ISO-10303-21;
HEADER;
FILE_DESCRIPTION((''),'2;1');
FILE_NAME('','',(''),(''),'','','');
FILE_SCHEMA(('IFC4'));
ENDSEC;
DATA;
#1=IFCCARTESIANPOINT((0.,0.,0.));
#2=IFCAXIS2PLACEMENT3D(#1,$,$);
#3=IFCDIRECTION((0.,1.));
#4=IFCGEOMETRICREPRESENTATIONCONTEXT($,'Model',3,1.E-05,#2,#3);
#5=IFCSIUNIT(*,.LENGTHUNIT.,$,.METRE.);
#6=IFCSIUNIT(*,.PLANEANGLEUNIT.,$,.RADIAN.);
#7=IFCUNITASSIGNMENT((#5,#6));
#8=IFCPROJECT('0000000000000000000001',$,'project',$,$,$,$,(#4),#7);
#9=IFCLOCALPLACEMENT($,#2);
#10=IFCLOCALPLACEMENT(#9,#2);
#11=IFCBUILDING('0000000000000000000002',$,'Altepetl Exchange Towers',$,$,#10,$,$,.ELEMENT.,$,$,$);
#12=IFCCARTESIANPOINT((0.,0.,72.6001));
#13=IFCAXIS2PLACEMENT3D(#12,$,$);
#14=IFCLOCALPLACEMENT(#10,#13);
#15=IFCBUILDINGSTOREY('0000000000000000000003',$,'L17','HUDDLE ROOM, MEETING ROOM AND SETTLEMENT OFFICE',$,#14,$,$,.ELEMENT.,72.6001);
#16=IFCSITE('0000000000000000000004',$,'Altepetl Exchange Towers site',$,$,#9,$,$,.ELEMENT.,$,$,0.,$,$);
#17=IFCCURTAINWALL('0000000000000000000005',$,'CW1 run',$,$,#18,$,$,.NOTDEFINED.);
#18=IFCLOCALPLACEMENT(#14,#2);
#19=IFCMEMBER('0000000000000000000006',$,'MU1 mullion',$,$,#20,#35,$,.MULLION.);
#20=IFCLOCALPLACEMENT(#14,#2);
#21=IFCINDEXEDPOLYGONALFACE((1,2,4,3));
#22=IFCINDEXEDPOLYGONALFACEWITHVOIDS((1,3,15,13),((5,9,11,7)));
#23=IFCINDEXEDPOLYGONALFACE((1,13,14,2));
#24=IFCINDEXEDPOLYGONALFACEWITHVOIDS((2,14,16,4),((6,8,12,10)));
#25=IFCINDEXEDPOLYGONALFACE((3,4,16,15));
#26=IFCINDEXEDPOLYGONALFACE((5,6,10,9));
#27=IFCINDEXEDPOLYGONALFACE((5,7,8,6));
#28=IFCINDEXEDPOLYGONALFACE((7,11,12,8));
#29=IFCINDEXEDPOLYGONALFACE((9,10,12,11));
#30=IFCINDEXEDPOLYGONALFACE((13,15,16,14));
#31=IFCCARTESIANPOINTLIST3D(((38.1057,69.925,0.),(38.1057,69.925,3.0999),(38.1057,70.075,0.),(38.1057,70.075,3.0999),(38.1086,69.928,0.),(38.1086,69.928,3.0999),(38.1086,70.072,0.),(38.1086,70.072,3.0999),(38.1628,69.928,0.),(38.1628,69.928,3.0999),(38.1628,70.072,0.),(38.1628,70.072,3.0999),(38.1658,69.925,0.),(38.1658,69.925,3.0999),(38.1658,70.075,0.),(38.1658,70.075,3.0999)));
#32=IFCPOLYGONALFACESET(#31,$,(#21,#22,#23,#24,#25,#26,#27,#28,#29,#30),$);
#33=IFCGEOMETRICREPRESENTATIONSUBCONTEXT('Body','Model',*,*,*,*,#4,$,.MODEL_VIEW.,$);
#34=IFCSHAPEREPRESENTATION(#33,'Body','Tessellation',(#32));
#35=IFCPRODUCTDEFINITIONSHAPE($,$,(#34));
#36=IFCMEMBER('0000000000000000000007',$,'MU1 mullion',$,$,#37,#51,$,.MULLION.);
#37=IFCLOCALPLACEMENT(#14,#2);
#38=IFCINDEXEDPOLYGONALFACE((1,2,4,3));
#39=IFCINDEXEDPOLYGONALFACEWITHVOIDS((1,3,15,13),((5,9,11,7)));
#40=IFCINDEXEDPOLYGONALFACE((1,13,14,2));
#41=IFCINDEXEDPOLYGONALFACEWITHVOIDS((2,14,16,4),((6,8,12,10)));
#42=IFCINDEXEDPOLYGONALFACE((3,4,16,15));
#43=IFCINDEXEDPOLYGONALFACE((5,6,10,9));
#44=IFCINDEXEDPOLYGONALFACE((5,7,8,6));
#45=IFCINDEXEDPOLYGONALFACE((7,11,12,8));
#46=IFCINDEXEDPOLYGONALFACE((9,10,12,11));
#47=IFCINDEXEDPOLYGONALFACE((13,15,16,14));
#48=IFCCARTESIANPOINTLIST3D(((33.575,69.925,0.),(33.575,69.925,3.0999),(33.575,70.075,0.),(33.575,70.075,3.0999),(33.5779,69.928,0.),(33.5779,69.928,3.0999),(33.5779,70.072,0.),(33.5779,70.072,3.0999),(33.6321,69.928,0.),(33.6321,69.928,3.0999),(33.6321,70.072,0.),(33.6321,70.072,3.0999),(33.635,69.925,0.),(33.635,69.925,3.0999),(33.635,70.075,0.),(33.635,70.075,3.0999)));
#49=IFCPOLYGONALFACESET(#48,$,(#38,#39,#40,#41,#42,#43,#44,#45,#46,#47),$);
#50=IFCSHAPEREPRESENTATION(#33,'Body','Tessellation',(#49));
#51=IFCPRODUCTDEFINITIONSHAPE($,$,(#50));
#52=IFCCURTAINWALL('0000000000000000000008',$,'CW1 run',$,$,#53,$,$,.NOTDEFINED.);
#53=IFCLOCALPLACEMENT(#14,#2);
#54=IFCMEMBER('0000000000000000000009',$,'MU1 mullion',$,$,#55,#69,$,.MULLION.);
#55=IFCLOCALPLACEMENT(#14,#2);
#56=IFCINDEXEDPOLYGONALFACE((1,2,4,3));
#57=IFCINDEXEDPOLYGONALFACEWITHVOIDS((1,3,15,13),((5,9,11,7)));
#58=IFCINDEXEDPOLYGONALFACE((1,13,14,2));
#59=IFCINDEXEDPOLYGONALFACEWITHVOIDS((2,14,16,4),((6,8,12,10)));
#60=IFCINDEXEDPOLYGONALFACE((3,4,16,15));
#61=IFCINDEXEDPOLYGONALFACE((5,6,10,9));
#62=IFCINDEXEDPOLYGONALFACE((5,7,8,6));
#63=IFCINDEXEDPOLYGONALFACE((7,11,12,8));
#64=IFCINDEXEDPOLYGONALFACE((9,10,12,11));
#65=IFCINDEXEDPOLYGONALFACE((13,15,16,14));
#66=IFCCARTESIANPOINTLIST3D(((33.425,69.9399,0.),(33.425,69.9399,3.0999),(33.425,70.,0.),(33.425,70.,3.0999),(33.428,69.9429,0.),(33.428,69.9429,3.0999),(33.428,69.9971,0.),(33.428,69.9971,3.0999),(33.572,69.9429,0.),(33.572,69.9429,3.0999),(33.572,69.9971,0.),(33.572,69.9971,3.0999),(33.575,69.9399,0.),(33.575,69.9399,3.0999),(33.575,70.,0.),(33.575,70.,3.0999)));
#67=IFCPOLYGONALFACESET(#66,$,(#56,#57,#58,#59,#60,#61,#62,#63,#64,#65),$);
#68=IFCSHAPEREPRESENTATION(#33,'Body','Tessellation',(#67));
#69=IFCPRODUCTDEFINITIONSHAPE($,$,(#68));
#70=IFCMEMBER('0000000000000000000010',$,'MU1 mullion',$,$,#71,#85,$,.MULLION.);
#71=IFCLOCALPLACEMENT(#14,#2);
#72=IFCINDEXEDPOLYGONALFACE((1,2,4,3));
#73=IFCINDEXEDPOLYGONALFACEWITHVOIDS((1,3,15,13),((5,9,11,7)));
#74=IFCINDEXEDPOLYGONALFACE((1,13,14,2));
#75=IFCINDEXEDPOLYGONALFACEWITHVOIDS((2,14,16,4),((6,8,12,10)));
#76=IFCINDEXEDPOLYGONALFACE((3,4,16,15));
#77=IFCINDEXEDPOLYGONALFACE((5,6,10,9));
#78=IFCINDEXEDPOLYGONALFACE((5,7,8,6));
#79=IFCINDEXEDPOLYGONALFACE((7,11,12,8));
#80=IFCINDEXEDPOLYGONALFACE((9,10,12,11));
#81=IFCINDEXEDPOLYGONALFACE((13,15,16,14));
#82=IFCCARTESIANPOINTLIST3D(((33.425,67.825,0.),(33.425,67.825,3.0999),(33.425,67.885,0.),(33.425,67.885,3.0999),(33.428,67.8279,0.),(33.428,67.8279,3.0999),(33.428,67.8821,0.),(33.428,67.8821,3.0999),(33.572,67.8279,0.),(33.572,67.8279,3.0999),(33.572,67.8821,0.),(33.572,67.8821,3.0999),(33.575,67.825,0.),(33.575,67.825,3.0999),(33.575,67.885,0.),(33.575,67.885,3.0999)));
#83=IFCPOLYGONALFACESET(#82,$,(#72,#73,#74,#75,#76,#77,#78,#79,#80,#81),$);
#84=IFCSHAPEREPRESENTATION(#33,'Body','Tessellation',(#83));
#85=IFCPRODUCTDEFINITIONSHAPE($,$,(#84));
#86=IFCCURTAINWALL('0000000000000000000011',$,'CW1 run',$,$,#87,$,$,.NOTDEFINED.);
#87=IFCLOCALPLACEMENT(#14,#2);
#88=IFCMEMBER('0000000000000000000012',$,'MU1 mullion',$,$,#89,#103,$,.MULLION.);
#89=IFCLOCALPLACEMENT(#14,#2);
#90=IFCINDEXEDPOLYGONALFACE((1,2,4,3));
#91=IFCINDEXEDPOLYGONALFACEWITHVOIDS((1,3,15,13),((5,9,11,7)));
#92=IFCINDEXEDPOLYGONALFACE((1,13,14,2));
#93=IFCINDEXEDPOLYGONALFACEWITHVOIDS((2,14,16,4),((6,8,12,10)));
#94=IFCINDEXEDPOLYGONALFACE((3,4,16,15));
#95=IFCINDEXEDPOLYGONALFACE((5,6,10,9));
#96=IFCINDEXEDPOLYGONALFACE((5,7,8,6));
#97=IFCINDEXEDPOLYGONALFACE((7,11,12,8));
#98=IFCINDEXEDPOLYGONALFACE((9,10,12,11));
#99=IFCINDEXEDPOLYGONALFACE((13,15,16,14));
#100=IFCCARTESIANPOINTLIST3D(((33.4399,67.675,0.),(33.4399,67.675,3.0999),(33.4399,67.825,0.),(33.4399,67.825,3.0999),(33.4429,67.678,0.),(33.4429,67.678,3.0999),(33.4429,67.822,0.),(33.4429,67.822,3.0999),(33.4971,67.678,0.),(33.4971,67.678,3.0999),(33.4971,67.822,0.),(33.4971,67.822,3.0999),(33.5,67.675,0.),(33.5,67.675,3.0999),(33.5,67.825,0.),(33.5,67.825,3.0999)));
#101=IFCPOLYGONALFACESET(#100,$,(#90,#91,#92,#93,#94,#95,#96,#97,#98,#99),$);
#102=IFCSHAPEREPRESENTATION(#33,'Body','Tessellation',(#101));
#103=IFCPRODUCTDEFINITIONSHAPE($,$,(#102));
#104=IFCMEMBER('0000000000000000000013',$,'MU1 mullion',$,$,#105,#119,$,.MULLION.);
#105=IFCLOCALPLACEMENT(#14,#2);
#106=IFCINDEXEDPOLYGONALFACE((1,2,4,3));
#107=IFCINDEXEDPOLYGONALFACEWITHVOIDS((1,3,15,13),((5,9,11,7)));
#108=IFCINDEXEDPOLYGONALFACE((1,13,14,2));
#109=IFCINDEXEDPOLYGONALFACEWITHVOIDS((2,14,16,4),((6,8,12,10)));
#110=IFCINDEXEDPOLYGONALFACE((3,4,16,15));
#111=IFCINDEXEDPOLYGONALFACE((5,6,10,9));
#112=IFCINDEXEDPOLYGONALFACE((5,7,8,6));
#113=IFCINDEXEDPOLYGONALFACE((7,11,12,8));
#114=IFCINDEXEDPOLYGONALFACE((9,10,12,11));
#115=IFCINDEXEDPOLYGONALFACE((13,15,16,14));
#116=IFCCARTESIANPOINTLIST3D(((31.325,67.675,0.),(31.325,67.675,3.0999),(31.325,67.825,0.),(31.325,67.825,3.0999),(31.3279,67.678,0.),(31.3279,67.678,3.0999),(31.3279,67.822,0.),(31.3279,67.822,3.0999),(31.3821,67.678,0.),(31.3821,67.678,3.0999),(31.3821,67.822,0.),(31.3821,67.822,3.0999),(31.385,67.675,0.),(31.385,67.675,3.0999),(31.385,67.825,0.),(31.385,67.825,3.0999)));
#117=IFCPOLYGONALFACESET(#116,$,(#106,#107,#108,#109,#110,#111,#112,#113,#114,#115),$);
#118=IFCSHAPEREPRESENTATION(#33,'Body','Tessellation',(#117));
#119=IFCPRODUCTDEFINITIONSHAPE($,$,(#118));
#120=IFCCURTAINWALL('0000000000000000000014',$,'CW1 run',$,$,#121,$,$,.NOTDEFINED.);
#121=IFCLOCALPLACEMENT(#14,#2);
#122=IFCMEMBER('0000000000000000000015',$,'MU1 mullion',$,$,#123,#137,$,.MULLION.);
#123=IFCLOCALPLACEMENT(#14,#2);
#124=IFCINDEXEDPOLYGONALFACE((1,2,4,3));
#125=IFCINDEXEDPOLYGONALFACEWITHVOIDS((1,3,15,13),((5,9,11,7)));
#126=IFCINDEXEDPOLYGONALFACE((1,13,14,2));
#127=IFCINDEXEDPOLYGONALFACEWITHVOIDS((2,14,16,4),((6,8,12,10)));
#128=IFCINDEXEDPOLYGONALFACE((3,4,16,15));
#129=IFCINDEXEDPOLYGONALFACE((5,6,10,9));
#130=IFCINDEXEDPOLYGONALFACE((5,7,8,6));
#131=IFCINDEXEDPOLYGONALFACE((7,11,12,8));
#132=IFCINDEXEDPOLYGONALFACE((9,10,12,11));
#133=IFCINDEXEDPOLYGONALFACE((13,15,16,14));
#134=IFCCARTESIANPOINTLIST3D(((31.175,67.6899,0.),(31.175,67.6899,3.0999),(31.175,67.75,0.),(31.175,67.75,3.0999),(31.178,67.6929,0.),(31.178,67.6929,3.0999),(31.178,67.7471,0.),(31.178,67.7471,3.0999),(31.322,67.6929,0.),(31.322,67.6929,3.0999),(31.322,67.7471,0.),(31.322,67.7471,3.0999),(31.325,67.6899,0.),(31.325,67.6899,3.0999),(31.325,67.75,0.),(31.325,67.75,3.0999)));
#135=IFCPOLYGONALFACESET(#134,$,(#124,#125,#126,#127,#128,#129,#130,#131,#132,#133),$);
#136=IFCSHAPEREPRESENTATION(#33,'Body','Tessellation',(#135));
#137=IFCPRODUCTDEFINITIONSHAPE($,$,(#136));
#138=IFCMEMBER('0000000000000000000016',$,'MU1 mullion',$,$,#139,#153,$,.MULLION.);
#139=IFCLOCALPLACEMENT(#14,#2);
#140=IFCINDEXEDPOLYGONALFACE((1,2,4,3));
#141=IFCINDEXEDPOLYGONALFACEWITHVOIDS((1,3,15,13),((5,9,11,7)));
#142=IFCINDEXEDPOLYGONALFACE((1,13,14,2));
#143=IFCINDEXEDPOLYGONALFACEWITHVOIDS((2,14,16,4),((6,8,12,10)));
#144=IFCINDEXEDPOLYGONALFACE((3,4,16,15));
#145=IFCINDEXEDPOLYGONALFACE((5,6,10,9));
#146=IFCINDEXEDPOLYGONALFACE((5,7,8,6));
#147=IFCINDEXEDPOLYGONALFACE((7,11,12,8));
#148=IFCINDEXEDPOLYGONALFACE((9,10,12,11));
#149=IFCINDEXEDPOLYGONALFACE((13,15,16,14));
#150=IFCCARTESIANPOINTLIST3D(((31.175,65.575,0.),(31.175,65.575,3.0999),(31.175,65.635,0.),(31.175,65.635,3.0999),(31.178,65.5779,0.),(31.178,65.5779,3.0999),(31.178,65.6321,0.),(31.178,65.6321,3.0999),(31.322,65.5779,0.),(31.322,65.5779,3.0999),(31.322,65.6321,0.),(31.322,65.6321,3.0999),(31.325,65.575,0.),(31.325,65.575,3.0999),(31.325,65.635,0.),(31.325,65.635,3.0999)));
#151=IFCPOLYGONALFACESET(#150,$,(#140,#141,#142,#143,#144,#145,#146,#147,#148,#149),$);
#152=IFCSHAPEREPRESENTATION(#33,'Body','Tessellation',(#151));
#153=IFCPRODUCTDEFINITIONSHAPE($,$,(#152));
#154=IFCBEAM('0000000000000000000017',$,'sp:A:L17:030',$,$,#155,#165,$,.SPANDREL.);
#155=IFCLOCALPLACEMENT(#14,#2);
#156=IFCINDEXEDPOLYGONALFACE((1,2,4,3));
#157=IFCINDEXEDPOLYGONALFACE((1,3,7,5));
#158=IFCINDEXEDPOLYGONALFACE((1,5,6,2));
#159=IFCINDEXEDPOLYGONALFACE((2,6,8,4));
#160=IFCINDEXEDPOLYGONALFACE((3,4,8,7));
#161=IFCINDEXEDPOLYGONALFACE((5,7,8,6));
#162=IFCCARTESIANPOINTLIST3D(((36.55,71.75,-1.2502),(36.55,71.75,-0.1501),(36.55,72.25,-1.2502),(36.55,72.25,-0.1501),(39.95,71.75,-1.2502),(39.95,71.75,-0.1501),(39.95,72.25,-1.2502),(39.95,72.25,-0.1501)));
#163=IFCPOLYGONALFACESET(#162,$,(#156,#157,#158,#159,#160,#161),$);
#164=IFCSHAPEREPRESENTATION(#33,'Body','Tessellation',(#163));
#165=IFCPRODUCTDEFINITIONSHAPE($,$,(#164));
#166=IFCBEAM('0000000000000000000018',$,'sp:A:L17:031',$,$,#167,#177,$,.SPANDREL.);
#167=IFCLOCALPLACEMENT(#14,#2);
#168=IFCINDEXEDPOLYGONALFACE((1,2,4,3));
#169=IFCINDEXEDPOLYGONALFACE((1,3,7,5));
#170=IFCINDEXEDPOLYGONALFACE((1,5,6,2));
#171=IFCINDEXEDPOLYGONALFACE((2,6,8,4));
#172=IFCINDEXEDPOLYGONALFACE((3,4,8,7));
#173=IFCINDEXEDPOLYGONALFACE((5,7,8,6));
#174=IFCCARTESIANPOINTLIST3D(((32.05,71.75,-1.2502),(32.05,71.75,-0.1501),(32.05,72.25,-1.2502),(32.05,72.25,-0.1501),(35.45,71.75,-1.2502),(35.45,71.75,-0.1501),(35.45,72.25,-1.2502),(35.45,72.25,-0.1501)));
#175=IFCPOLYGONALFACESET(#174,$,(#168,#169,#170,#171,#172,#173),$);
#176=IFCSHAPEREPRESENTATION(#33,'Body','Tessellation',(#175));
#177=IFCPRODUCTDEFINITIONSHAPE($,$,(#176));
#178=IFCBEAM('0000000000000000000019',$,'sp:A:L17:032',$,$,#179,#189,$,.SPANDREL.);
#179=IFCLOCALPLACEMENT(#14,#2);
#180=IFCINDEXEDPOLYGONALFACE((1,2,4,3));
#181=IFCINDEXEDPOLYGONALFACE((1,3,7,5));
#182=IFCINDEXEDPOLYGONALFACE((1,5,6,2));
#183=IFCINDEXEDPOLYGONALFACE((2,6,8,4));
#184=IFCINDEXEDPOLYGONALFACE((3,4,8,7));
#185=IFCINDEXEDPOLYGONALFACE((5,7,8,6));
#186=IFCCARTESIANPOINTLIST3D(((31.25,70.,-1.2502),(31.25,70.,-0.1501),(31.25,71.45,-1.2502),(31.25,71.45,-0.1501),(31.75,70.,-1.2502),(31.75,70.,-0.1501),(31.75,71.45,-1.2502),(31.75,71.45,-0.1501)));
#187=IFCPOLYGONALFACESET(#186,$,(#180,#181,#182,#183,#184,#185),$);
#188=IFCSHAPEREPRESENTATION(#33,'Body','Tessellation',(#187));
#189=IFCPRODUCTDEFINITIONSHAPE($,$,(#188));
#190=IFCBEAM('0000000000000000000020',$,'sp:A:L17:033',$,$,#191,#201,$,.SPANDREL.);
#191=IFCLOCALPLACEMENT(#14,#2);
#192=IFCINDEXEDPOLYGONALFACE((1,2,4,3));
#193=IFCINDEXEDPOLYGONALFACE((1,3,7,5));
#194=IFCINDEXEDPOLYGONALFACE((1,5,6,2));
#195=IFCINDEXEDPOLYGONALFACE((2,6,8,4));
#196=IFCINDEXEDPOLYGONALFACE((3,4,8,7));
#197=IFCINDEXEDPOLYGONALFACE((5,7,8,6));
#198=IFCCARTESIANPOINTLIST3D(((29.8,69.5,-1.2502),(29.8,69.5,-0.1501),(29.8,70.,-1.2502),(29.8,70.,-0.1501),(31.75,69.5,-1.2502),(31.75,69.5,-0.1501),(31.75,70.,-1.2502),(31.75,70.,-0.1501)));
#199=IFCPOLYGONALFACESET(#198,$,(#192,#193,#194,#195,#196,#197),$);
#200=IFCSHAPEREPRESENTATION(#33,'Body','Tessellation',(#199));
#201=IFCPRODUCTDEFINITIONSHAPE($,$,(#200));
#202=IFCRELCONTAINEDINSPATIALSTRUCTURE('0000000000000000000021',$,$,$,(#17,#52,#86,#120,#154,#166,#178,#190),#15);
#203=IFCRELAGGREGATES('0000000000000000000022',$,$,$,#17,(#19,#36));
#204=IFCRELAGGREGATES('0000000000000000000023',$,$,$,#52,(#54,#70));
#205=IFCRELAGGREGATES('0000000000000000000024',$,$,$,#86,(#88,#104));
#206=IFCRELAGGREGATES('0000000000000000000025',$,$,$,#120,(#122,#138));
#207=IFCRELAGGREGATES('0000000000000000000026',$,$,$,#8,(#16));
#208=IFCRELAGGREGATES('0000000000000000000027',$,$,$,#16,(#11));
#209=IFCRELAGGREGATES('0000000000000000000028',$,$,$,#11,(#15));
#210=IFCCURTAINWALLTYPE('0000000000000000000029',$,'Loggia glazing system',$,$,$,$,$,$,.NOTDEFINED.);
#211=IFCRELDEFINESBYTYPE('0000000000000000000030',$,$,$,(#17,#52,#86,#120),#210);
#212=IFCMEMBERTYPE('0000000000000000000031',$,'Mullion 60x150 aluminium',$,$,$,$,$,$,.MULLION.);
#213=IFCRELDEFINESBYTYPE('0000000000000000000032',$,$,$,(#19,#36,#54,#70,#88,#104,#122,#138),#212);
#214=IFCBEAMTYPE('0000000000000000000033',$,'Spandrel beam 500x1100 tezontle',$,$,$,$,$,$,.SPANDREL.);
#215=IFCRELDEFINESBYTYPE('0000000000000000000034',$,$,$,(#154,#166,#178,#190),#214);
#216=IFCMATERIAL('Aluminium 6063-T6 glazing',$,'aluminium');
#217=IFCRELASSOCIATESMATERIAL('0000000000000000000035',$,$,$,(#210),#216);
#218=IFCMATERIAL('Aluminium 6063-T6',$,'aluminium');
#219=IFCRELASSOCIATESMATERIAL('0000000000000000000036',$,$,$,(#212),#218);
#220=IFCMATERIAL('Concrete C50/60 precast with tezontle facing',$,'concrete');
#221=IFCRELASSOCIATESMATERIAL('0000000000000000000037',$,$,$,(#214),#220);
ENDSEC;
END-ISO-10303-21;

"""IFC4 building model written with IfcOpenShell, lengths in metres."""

from ifc_helpers import new_model, si_unit, direction, frame, origin, origin_2d, place, context, subcontext, project, spatial, rectangle, hollow_rectangle, extrude, material, material_profile, profile_set, type_object, element, aggregate, save


model = new_model("IFC4")

# Units and contexts
model_context = context("Model", 3, precision=1e-05, world=origin(), true_north=direction((0.0, 1.0)))
body_context = subcontext(model_context, "Body", "Model", "MODEL_VIEW")
ifc_project = project(units=[si_unit("LENGTHUNIT", "METRE"), si_unit("PLANEANGLEUNIT", "RADIAN")], contexts=[model_context])

# Site, building, storey
site_placement = place(None, origin())
site = spatial("IfcSite", under=ifc_project, at=site_placement, Name="Altepetl Exchange Towers site", CompositionType="ELEMENT", RefElevation=0.0)
building_placement = place(site_placement, origin())
building = spatial("IfcBuilding", under=site, at=building_placement, Name="Altepetl Exchange Towers", CompositionType="ELEMENT")
storey_placement = place(building_placement, frame((0.0, 0.0, 72.6001)))
storey = spatial("IfcBuildingStorey", under=building, at=storey_placement, Name="L17", Description="HUDDLE ROOM, MEETING ROOM AND SETTLEMENT OFFICE", CompositionType="ELEMENT", Elevation=72.6001)

# Shared definitions
ifc_material_1 = material(Name="Aluminium 6063-T6 glazing", Category="aluminium")
curtain_wall_type = type_object("IfcCurtainWallType", Name="Loggia glazing system", PredefinedType="NOTDEFINED", material=ifc_material_1)
ifc_material_2 = material(Name="Aluminium 6063-T6", Category="aluminium")
ifc_material_profile_1 = material_profile(ifc_material_2, hollow_rectangle(XDim=0.0601, YDim=0.1499, WallThickness=0.0029, at=origin_2d()), Name="Mullion 60x150 aluminium")
ifc_profile_set_1 = profile_set([ifc_material_profile_1], Name="Aluminium 6063-T6")
member_type = type_object("IfcMemberType", Name="Mullion 60x150 aluminium", PredefinedType="MULLION", material=ifc_profile_set_1)

# Curtain walls, members
curtain_wall_1_placement = place(storey_placement, origin())
curtain_wall_1 = element("IfcCurtainWall", 1, at=curtain_wall_1_placement, inside=storey, type_object=curtain_wall_type, Name="CW1 run", PredefinedType="NOTDEFINED")
member_1_placement = place(storey_placement, frame((38.1357, 70.0, 0.0), z_axis=(0.0, 0.0, 1.0), x_axis=(-1.0, 0.0, 0.0)))
member_1 = element("IfcMember", 2, at=member_1_placement, type_object=member_type, Name="MU1 mullion", PredefinedType="MULLION", context=body_context, shape_type="SweptSolid", body=[
    extrude(hollow_rectangle(XDim=0.0601, YDim=0.1499, WallThickness=0.0029, at=origin_2d()), origin(), (0.0, 0.0, 1.0), 3.0999),
])
member_2_placement = place(storey_placement, frame((33.605, 70.0, 0.0), z_axis=(0.0, 0.0, 1.0), x_axis=(-1.0, 0.0, 0.0)))
member_2 = element("IfcMember", 3, at=member_2_placement, type_object=member_type, Name="MU1 mullion", PredefinedType="MULLION", context=body_context, shape_type="SweptSolid", body=[
    extrude(hollow_rectangle(XDim=0.0601, YDim=0.1499, WallThickness=0.0029, at=origin_2d()), origin(), (0.0, 0.0, 1.0), 3.0999),
])
curtain_wall_2_placement = place(storey_placement, origin())
curtain_wall_2 = element("IfcCurtainWall", 4, at=curtain_wall_2_placement, inside=storey, type_object=curtain_wall_type, Name="CW1 run", PredefinedType="NOTDEFINED")
member_3_placement = place(storey_placement, frame((33.5, 69.97, 0.0), z_axis=(0.0, 0.0, 1.0), x_axis=(0.0, -1.0, 0.0)))
member_3 = element("IfcMember", 5, at=member_3_placement, type_object=member_type, Name="MU1 mullion", PredefinedType="MULLION", context=body_context, shape_type="SweptSolid", body=[
    extrude(hollow_rectangle(XDim=0.0601, YDim=0.1499, WallThickness=0.0029, at=origin_2d()), origin(), (0.0, 0.0, 1.0), 3.0999),
])
member_4_placement = place(storey_placement, frame((33.5, 67.855, 0.0), z_axis=(0.0, 0.0, 1.0), x_axis=(0.0, -1.0, 0.0)))
member_4 = element("IfcMember", 6, at=member_4_placement, type_object=member_type, Name="MU1 mullion", PredefinedType="MULLION", context=body_context, shape_type="SweptSolid", body=[
    extrude(hollow_rectangle(XDim=0.0601, YDim=0.1499, WallThickness=0.0029, at=origin_2d()), origin(), (0.0, 0.0, 1.0), 3.0999),
])
curtain_wall_3_placement = place(storey_placement, origin())
curtain_wall_3 = element("IfcCurtainWall", 7, at=curtain_wall_3_placement, inside=storey, type_object=curtain_wall_type, Name="CW1 run", PredefinedType="NOTDEFINED")
member_5_placement = place(storey_placement, frame((33.47, 67.75, 0.0), z_axis=(0.0, 0.0, 1.0), x_axis=(-1.0, 0.0, 0.0)))
member_5 = element("IfcMember", 8, at=member_5_placement, type_object=member_type, Name="MU1 mullion", PredefinedType="MULLION", context=body_context, shape_type="SweptSolid", body=[
    extrude(hollow_rectangle(XDim=0.0601, YDim=0.1499, WallThickness=0.0029, at=origin_2d()), origin(), (0.0, 0.0, 1.0), 3.0999),
])
member_6_placement = place(storey_placement, frame((31.355, 67.75, 0.0), z_axis=(0.0, 0.0, 1.0), x_axis=(-1.0, 0.0, 0.0)))
member_6 = element("IfcMember", 9, at=member_6_placement, type_object=member_type, Name="MU1 mullion", PredefinedType="MULLION", context=body_context, shape_type="SweptSolid", body=[
    extrude(hollow_rectangle(XDim=0.0601, YDim=0.1499, WallThickness=0.0029, at=origin_2d()), origin(), (0.0, 0.0, 1.0), 3.0999),
])
curtain_wall_4_placement = place(storey_placement, origin())
curtain_wall_4 = element("IfcCurtainWall", 10, at=curtain_wall_4_placement, inside=storey, type_object=curtain_wall_type, Name="CW1 run", PredefinedType="NOTDEFINED")
member_7_placement = place(storey_placement, frame((31.25, 67.72, 0.0), z_axis=(0.0, 0.0, 1.0), x_axis=(0.0, -1.0, 0.0)))
member_7 = element("IfcMember", 11, at=member_7_placement, type_object=member_type, Name="MU1 mullion", PredefinedType="MULLION", context=body_context, shape_type="SweptSolid", body=[
    extrude(hollow_rectangle(XDim=0.0601, YDim=0.1499, WallThickness=0.0029, at=origin_2d()), origin(), (0.0, 0.0, 1.0), 3.0999),
])
member_8_placement = place(storey_placement, frame((31.25, 65.605, 0.0), z_axis=(0.0, 0.0, 1.0), x_axis=(0.0, -1.0, 0.0)))
member_8 = element("IfcMember", 12, at=member_8_placement, type_object=member_type, Name="MU1 mullion", PredefinedType="MULLION", context=body_context, shape_type="SweptSolid", body=[
    extrude(hollow_rectangle(XDim=0.0601, YDim=0.1499, WallThickness=0.0029, at=origin_2d()), origin(), (0.0, 0.0, 1.0), 3.0999),
])

# Beams
ifc_material_3 = material(Name="Concrete C50/60 precast with tezontle facing", Category="concrete")
ifc_material_profile_2 = material_profile(ifc_material_3, rectangle(XDim=0.5, YDim=1.1001, at=origin_2d()), Name="500 x 1100")
ifc_profile_set_2 = profile_set([ifc_material_profile_2], Name="Concrete C50/60 precast with tezontle facing")
beam_type_1 = type_object("IfcBeamType", Name="Spandrel beam 500x1100 tezontle", PredefinedType="SPANDREL", material=ifc_profile_set_2)
for number, where, z_axis, x_axis, name in (
    (13, (39.95, 72.0, -0.7002), (-1.0, 0.0, 0.0), (0.0, -1.0, 0.0), "sp:A:L17:030"),
    (14, (35.45, 72.0, -0.7002), (-1.0, 0.0, 0.0), (0.0, -1.0, 0.0), "sp:A:L17:031"),
):
    element("IfcBeam", number, at=place(storey_placement, frame(where, z_axis=z_axis, x_axis=x_axis)), inside=storey, type_object=beam_type_1, Name=name, PredefinedType="SPANDREL", context=body_context, shape_type="SweptSolid", body=[
        extrude(rectangle(XDim=0.5, YDim=1.1001, at=origin_2d()), origin(), (0.0, 0.0, 1.0), 3.3999),
    ])
beam_1_placement = place(storey_placement, frame((31.5, 71.45, -0.7002), z_axis=(0.0, -1.0, 0.0), x_axis=(1.0, 0.0, 0.0)))
element("IfcBeam", 15, at=beam_1_placement, inside=storey, type_object=beam_type_1, Name="sp:A:L17:032", PredefinedType="SPANDREL", context=body_context, shape_type="SweptSolid", body=[
    extrude(rectangle(XDim=0.5, YDim=1.1001, at=origin_2d()), origin(), (0.0, 0.0, 1.0), 1.45),
])
beam_2_placement = place(storey_placement, frame((31.75, 69.75, -0.7002), z_axis=(-1.0, 0.0, 0.0), x_axis=(0.0, -1.0, 0.0)))
element("IfcBeam", 16, at=beam_2_placement, inside=storey, type_object=beam_type_1, Name="sp:A:L17:033", PredefinedType="SPANDREL", context=body_context, shape_type="SweptSolid", body=[
    extrude(rectangle(XDim=0.5, YDim=1.1001, at=origin_2d()), origin(), (0.0, 0.0, 1.0), 1.95),
])

aggregate(curtain_wall_1, [member_1, member_2])
aggregate(curtain_wall_2, [member_3, member_4])
aggregate(curtain_wall_3, [member_5, member_6])
aggregate(curtain_wall_4, [member_7, member_8])

save(model, "model.ifc")
